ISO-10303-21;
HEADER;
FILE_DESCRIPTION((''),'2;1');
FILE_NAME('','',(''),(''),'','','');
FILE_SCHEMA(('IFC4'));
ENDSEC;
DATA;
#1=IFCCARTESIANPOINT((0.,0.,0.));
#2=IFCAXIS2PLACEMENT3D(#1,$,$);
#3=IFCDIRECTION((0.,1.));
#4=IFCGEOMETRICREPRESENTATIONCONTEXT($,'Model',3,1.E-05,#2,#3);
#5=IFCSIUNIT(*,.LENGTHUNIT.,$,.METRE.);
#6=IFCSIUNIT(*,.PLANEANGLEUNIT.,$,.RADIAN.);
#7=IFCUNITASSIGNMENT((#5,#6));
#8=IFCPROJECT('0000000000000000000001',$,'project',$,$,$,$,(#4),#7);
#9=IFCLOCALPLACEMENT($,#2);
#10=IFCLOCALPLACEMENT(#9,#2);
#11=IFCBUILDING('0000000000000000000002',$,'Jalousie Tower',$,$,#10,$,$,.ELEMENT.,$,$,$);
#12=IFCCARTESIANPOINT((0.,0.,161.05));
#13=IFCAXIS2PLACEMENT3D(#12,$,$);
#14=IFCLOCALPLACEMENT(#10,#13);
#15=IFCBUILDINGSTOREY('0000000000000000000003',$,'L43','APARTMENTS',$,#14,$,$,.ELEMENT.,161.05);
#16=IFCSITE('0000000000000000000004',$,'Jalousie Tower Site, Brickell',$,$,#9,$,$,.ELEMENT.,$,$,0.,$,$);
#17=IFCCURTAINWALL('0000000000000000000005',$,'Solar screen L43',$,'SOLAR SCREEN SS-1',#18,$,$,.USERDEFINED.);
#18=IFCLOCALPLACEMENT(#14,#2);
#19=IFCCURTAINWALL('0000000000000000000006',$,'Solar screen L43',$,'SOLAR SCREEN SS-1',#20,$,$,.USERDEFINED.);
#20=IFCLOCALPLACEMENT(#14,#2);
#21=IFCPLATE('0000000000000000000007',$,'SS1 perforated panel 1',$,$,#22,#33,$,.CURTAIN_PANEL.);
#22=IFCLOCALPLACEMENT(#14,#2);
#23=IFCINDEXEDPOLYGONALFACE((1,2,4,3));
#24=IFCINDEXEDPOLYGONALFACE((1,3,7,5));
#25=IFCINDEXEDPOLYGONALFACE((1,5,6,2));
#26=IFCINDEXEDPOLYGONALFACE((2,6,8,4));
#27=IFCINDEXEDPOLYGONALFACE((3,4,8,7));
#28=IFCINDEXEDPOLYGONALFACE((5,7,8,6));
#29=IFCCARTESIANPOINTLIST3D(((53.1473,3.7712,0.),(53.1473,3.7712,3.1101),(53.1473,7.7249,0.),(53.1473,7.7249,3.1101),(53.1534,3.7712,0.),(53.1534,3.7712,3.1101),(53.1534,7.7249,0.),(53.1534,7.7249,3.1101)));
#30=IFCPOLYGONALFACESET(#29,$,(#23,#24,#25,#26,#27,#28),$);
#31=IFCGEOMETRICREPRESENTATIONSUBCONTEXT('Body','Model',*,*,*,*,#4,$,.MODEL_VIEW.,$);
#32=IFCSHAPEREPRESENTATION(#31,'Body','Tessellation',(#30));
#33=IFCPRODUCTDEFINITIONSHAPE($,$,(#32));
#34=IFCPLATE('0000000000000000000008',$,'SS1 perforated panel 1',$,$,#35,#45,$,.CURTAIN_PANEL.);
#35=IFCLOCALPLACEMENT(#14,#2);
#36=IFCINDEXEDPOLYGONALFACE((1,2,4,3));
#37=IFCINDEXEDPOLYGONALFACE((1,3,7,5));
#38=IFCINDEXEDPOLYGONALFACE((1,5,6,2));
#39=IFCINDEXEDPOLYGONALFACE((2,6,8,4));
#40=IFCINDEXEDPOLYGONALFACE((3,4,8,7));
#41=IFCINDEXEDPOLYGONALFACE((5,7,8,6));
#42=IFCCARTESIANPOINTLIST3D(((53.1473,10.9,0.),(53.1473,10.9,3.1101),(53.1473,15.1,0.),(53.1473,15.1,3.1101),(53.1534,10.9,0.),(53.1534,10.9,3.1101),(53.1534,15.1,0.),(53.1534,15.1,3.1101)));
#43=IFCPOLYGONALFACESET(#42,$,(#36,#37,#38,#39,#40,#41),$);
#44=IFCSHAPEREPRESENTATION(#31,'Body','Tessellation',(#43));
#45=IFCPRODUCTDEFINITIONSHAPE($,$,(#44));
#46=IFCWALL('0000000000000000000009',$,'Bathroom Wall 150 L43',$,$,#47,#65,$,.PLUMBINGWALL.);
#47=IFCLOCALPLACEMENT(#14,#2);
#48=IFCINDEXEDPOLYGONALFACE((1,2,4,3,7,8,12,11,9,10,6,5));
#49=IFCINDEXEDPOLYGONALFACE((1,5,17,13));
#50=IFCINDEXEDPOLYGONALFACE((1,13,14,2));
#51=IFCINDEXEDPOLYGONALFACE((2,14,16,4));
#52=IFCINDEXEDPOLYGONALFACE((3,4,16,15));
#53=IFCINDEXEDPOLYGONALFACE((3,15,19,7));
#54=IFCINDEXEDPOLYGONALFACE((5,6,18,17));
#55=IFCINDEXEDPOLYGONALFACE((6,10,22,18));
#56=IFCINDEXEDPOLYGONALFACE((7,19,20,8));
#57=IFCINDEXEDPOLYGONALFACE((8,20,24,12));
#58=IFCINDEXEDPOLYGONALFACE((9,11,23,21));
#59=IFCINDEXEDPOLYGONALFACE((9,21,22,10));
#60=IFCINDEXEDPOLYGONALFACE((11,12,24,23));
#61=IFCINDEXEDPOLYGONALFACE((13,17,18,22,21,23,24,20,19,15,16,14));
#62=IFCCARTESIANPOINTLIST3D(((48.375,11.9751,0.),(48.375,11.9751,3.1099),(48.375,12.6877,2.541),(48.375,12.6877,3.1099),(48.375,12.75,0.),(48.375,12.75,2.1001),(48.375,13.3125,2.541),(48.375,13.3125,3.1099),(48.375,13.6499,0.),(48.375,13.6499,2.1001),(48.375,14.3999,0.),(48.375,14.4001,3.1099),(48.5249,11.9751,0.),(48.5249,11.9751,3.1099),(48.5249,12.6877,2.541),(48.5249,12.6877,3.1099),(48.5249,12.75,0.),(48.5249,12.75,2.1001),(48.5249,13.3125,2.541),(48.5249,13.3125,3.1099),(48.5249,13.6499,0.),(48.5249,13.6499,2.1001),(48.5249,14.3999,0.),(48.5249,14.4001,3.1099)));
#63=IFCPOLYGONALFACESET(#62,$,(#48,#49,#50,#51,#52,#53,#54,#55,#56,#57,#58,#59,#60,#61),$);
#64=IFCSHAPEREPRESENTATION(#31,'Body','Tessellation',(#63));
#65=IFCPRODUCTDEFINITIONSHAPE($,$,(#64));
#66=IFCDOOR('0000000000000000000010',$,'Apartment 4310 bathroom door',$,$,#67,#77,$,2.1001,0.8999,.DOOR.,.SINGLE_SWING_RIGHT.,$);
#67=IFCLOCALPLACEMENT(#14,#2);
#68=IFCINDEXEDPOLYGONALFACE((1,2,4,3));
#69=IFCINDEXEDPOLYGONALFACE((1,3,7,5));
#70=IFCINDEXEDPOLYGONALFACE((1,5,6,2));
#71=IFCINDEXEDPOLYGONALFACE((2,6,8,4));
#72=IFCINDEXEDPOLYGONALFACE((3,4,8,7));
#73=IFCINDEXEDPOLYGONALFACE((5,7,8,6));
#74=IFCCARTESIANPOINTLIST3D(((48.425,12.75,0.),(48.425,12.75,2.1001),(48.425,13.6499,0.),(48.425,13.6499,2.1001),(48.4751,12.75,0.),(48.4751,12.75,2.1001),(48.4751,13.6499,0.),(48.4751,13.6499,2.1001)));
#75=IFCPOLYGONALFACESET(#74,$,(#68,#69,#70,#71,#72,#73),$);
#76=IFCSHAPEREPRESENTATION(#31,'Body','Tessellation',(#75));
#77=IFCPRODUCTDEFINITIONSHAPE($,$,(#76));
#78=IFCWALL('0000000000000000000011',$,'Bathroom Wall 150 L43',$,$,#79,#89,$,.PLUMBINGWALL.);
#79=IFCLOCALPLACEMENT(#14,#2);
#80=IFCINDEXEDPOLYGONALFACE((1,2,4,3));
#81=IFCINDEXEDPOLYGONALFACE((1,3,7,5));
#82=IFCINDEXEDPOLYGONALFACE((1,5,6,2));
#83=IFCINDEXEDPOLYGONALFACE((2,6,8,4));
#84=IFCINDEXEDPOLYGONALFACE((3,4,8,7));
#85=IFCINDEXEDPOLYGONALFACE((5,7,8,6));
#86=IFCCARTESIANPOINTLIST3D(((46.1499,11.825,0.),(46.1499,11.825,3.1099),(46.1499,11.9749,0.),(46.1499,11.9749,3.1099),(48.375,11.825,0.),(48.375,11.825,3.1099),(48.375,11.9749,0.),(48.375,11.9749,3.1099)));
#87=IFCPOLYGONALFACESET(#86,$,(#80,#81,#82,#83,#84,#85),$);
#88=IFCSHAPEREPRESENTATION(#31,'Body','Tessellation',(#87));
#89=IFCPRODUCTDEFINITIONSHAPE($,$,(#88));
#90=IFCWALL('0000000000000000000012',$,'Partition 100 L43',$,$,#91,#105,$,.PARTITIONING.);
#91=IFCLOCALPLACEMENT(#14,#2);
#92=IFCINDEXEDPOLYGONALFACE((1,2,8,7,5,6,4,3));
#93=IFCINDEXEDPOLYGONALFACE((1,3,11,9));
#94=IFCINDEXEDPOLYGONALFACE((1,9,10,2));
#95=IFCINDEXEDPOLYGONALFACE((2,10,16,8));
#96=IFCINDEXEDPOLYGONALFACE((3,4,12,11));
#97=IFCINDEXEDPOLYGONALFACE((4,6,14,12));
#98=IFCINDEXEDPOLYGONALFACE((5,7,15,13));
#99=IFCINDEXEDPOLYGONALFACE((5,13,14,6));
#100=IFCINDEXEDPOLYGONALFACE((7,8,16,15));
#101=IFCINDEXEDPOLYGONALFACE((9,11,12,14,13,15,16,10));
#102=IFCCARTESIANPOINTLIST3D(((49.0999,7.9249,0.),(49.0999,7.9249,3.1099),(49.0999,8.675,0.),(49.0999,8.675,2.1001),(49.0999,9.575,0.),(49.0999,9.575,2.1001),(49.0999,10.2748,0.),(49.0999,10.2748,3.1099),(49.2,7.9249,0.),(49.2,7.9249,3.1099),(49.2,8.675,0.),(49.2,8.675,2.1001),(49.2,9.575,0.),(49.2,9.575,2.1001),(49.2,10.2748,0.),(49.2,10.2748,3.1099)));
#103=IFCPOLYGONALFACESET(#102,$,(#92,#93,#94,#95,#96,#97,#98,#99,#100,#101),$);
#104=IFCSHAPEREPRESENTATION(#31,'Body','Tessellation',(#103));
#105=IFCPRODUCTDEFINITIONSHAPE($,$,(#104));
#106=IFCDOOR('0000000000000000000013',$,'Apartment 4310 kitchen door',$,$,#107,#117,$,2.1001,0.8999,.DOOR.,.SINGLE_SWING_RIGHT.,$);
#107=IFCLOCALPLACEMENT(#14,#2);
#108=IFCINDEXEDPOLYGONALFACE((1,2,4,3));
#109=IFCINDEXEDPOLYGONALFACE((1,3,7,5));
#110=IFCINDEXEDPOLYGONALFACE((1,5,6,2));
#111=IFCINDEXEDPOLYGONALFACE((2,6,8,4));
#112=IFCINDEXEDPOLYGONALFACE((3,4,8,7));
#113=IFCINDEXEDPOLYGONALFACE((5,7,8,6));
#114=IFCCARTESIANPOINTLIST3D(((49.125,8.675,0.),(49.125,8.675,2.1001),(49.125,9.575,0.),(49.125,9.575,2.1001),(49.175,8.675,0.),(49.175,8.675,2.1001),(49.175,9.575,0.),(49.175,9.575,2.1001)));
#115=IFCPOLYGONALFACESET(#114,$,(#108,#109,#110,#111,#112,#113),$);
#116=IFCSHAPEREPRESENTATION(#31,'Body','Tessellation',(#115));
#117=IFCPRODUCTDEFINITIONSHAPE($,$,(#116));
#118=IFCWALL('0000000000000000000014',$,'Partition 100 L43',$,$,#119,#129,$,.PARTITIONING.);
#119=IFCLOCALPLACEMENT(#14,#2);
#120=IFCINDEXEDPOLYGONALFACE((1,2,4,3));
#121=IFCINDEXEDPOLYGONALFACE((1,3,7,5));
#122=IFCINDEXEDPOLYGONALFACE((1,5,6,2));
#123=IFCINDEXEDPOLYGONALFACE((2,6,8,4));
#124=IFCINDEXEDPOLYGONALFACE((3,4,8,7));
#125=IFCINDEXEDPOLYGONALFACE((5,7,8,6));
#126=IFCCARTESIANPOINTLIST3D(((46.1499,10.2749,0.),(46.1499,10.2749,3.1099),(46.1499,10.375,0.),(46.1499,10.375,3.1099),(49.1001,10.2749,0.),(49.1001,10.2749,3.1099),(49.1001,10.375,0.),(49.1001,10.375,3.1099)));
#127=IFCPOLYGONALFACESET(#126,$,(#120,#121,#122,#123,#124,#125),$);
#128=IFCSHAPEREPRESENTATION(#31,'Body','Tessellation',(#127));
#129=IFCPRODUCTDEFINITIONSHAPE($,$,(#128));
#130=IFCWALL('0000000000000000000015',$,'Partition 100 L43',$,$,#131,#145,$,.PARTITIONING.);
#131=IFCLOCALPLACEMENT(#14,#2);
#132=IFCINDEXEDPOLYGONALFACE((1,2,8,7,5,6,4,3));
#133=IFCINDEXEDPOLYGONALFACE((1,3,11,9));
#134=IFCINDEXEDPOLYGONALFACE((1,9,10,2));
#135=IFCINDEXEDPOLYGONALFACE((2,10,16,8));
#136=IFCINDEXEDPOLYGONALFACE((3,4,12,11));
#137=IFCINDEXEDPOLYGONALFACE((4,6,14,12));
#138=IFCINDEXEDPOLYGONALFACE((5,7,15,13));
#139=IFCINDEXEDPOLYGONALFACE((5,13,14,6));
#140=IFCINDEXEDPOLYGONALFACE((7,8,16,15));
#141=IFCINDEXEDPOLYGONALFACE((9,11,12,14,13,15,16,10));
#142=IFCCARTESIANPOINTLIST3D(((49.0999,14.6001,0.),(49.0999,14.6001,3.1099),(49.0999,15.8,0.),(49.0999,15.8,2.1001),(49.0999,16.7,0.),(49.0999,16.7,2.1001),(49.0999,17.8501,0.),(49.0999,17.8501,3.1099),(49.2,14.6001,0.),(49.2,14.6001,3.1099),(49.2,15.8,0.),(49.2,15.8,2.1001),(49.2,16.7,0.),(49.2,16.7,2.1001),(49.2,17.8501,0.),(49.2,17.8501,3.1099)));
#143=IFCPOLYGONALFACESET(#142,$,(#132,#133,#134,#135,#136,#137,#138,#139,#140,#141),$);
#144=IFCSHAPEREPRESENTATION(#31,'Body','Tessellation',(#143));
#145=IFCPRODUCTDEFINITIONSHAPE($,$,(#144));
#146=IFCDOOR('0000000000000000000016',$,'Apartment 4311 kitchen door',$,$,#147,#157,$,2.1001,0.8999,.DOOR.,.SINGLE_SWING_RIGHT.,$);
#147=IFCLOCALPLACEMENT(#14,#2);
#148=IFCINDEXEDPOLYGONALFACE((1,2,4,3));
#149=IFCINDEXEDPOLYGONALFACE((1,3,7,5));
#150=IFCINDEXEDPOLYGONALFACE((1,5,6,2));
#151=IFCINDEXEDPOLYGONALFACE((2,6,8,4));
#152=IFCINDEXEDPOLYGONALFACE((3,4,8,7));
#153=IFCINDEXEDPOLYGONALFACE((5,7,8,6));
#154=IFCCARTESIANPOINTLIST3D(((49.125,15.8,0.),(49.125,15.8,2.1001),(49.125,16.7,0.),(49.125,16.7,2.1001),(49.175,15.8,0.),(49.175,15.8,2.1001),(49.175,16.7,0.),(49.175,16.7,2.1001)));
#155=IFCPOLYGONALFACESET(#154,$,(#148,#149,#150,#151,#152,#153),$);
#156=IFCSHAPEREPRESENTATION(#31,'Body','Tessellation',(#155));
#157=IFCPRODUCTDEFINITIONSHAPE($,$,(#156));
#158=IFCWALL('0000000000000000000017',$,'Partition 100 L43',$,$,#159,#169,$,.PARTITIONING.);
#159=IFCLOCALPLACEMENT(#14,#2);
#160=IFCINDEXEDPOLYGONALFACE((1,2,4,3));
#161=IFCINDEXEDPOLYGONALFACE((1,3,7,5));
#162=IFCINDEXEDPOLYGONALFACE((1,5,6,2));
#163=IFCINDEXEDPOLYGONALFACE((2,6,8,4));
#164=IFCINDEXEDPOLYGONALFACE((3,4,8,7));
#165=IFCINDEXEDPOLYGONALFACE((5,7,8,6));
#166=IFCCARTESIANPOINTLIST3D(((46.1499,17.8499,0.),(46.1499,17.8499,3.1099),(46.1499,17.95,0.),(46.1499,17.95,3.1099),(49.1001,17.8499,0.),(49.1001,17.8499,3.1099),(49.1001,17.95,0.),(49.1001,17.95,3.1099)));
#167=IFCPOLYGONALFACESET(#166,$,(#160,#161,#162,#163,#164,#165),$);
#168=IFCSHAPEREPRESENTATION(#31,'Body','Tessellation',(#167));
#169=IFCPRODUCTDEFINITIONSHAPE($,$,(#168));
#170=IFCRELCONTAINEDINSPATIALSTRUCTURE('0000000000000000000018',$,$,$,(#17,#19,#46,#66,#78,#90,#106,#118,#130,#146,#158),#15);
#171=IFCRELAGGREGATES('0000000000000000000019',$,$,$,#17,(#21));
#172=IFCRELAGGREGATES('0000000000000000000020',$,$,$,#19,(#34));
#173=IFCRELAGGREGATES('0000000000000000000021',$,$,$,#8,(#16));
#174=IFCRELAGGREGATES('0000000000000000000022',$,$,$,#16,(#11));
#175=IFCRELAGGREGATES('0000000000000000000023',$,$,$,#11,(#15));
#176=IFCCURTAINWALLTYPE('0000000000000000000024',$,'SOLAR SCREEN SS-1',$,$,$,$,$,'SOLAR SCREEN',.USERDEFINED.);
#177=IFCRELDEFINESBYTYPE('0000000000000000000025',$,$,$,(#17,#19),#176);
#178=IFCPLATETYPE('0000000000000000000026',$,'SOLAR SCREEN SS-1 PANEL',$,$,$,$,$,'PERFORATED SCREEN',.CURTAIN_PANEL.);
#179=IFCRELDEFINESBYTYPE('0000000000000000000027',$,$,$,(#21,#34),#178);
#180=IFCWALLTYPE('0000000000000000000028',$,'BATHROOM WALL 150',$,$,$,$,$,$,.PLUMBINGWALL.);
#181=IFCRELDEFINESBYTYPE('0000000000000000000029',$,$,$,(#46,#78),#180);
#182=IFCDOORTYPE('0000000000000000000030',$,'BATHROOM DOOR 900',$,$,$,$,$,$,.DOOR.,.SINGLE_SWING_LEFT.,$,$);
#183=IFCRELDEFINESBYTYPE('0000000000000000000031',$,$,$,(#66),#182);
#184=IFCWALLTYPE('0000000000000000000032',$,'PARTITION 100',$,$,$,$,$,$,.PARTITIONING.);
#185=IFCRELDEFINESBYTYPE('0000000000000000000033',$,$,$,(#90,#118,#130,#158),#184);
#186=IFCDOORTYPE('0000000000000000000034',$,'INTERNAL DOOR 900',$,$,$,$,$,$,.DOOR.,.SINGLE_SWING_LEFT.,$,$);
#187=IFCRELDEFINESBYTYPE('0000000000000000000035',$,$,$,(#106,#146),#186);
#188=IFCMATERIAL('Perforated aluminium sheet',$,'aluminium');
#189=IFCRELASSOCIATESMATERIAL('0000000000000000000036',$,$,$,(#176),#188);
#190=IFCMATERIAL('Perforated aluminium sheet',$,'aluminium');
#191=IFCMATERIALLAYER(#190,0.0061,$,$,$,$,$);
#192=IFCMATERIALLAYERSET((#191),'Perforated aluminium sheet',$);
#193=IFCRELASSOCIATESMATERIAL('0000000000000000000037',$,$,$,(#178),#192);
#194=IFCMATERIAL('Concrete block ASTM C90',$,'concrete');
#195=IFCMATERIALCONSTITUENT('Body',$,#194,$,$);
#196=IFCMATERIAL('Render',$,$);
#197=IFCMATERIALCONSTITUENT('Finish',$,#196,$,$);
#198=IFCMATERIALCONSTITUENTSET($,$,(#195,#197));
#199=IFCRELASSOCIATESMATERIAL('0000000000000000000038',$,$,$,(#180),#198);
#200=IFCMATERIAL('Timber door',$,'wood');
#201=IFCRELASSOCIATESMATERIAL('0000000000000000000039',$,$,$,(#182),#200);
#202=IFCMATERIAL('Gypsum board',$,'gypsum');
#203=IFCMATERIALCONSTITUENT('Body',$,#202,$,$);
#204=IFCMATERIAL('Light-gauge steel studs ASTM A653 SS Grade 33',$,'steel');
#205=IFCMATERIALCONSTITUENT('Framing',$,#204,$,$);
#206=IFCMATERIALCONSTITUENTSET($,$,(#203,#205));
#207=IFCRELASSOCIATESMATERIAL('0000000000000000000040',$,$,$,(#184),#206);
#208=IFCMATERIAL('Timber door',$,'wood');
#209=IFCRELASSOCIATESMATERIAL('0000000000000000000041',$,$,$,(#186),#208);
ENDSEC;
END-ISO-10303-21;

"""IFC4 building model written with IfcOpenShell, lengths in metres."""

from ifc_helpers import new_model, si_unit, direction, frame, frame_2d, origin, origin_2d, place, context, subcontext, project, spatial, polyline, rectangle, outline, extrude, material, layer, layer_set, constituent, constituent_set, type_object, element, fill, aggregate, save


model = new_model("IFC4")

# Units and contexts
model_context = context("Model", 3, precision=1e-05, world=origin(), true_north=direction((0.0, 1.0)))
body_context = subcontext(model_context, "Body", "Model", "MODEL_VIEW")
ifc_project = project(units=[si_unit("LENGTHUNIT", "METRE"), si_unit("PLANEANGLEUNIT", "RADIAN")], contexts=[model_context])

# Site, building, storey
site_placement = place(None, origin())
site = spatial("IfcSite", under=ifc_project, at=site_placement, Name="Jalousie Tower Site, Brickell", CompositionType="ELEMENT", RefElevation=0.0)
building_placement = place(site_placement, origin())
building = spatial("IfcBuilding", under=site, at=building_placement, Name="Jalousie Tower", CompositionType="ELEMENT")
storey_placement = place(building_placement, frame((0.0, 0.0, 161.05)))
storey = spatial("IfcBuildingStorey", under=building, at=storey_placement, Name="L43", Description="APARTMENTS", CompositionType="ELEMENT", Elevation=161.05)

# Curtain wall
ifc_material_1 = material(Name="Perforated aluminium sheet", Category="aluminium")
curtain_wall_type = type_object("IfcCurtainWallType", Name="SOLAR SCREEN SS-1", ElementType="SOLAR SCREEN", PredefinedType="USERDEFINED", material=ifc_material_1)
curtain_wall_1_placement = place(storey_placement, origin())
curtain_wall_1 = element("IfcCurtainWall", 1, at=curtain_wall_1_placement, inside=storey, type_object=curtain_wall_type, Name="Solar screen L43", ObjectType="SOLAR SCREEN SS-1", PredefinedType="USERDEFINED")

# Curtain wall
curtain_wall_2_placement = place(storey_placement, origin())
curtain_wall_2 = element("IfcCurtainWall", 2, at=curtain_wall_2_placement, inside=storey, type_object=curtain_wall_type, Name="Solar screen L43", ObjectType="SOLAR SCREEN SS-1", PredefinedType="USERDEFINED")

# Plates
ifc_material_2 = material(Name="Perforated aluminium sheet", Category="aluminium")
ifc_layer_1 = layer(ifc_material_2, 0.0061)
ifc_layer_set_1 = layer_set([ifc_layer_1], Name="Perforated aluminium sheet")
plate_type = type_object("IfcPlateType", Name="SOLAR SCREEN SS-1 PANEL", ElementType="PERFORATED SCREEN", PredefinedType="CURTAIN_PANEL", material=ifc_layer_set_1)
plate_1_placement = place(storey_placement, frame((53.1504, 5.748, 0.0), z_axis=(0.0, 0.0, 1.0), x_axis=(0.0, 1.0, 0.0)))
plate_1 = element("IfcPlate", 3, at=plate_1_placement, type_object=plate_type, Name="SS1 perforated panel 1", PredefinedType="CURTAIN_PANEL", context=body_context, shape_type="SweptSolid", body=[
    extrude(rectangle(XDim=3.9536, YDim=0.0061, at=origin_2d()), origin(), (0.0, 0.0, 1.0), 3.1101),
])
aggregate(curtain_wall_1, [plate_1])
plate_2_placement = place(storey_placement, frame((53.1504, 13.0, 0.0), z_axis=(0.0, 0.0, 1.0), x_axis=(0.0, 1.0, 0.0)))
plate_2 = element("IfcPlate", 4, at=plate_2_placement, type_object=plate_type, Name="SS1 perforated panel 1", PredefinedType="CURTAIN_PANEL", context=body_context, shape_type="SweptSolid", body=[
    extrude(rectangle(XDim=4.2, YDim=0.0061, at=origin_2d()), origin(), (0.0, 0.0, 1.0), 3.1101),
])
aggregate(curtain_wall_2, [plate_2])

# Wall, opening, door
ifc_material_3 = material(Name="Concrete block ASTM C90", Category="concrete")
ifc_constituent_1 = constituent(ifc_material_3, Name="Body")
ifc_material_4 = material(Name="Render")
ifc_constituent_2 = constituent(ifc_material_4, Name="Finish")
ifc_constituent_set_1 = constituent_set(constituents=[ifc_constituent_1, ifc_constituent_2])
wall_type_1 = type_object("IfcWallType", Name="BATHROOM WALL 150", PredefinedType="PLUMBINGWALL", material=ifc_constituent_set_1)
wall_1_placement = place(storey_placement, frame((48.45, 11.9751, 0.0), z_axis=(0.0, 0.0, 1.0), x_axis=(0.0, 1.0, 0.0)))
wall_1 = element("IfcWall", 5, at=wall_1_placement, inside=storey, type_object=wall_type_1, Name="Bathroom Wall 150 L43", PredefinedType="PLUMBINGWALL", context=body_context, shape_type="SweptSolid", body=[
    extrude(outline(polyline([(0.0, 0.0), (2.4248, 0.0), (2.425, 3.1099), (1.3374, 3.1099), (1.3374, 2.541), (0.7126, 2.541), (0.7126, 3.1099), (0.0, 3.1099), (0.0, 0.0)])), frame((0.0, 0.075, 0.0), z_axis=(0.0, -1.0, 0.0), x_axis=(1.0, 0.0, 0.0)), (0.0, 0.0, 1.0), 0.1499),
])
opening_1_placement = place(wall_1_placement, frame((0.7749, 0.0, 0.0)))
opening_1 = element("IfcOpeningElement", 6, at=opening_1_placement, cuts=wall_1, PredefinedType="OPENING", context=body_context, shape_type="SweptSolid", body=[
    extrude(rectangle(XDim=0.8999, YDim=2.1001, at=frame_2d((0.45, 1.05))), frame((0.0, 0.085, 0.0), z_axis=(0.0, -1.0, 0.0), x_axis=(1.0, 0.0, 0.0)), (0.0, 0.0, 1.0), 0.1699),
])
ifc_material_5 = material(Name="Timber door", Category="wood")
door_type_1 = type_object("IfcDoorType", Name="BATHROOM DOOR 900", OperationType="SINGLE_SWING_LEFT", PredefinedType="DOOR", material=ifc_material_5)
door_1_placement = place(opening_1_placement, origin())
door_1 = element("IfcDoor", 7, at=door_1_placement, inside=storey, type_object=door_type_1, Name="Apartment 4310 bathroom door", OperationType="SINGLE_SWING_RIGHT", OverallHeight=2.1001, OverallWidth=0.8999, PredefinedType="DOOR", context=body_context, shape_type="SweptSolid", body=[
    extrude(rectangle(XDim=0.8999, YDim=2.1001, at=frame_2d((0.45, 1.05))), frame((0.0, 0.0249, 0.0), z_axis=(0.0, -1.0, 0.0), x_axis=(1.0, 0.0, 0.0)), (0.0, 0.0, 1.0), 0.05),
])
fill(opening_1, door_1)

# Wall
wall_2_placement = place(storey_placement, frame((48.375, 11.8999, 0.0), z_axis=(0.0, 0.0, 1.0), x_axis=(-1.0, 0.0, 0.0)))
element("IfcWall", 8, at=wall_2_placement, inside=storey, type_object=wall_type_1, Name="Bathroom Wall 150 L43", PredefinedType="PLUMBINGWALL", context=body_context, shape_type="SweptSolid", body=[
    extrude(rectangle(XDim=2.2251, YDim=0.1499, at=frame_2d((1.1125, 0.0))), origin(), (0.0, 0.0, 1.0), 3.1099),
])

# Wall, opening, door
ifc_material_6 = material(Name="Gypsum board", Category="gypsum")
ifc_constituent_3 = constituent(ifc_material_6, Name="Body")
ifc_material_7 = material(Name="Light-gauge steel studs ASTM A653 SS Grade 33", Category="steel")
ifc_constituent_4 = constituent(ifc_material_7, Name="Framing")
ifc_constituent_set_2 = constituent_set(constituents=[ifc_constituent_3, ifc_constituent_4])
wall_type_2 = type_object("IfcWallType", Name="PARTITION 100", PredefinedType="PARTITIONING", material=ifc_constituent_set_2)
wall_3_placement = place(storey_placement, frame((49.1499, 7.925, 0.0), z_axis=(0.0, 0.0, 1.0), x_axis=(0.0, 1.0, 0.0)))
wall_3 = element("IfcWall", 9, at=wall_3_placement, inside=storey, type_object=wall_type_2, Name="Partition 100 L43", PredefinedType="PARTITIONING", context=body_context, shape_type="SweptSolid", body=[
    extrude(rectangle(XDim=2.3499, YDim=0.1001, at=frame_2d((1.1748, 0.0))), origin(), (0.0, 0.0, 1.0), 3.1099),
])
opening_2_placement = place(wall_3_placement, frame((0.75, 0.0, 0.0)))
opening_2 = element("IfcOpeningElement", 10, at=opening_2_placement, cuts=wall_3, PredefinedType="OPENING", context=body_context, shape_type="SweptSolid", body=[
    extrude(rectangle(XDim=0.8999, YDim=2.1001, at=frame_2d((0.45, 1.05))), frame((0.0, 0.0601, 0.0), z_axis=(0.0, -1.0, 0.0), x_axis=(1.0, 0.0, 0.0)), (0.0, 0.0, 1.0), 0.1201),
])
ifc_material_8 = material(Name="Timber door", Category="wood")
door_type_2 = type_object("IfcDoorType", Name="INTERNAL DOOR 900", OperationType="SINGLE_SWING_LEFT", PredefinedType="DOOR", material=ifc_material_8)
door_2_placement = place(opening_2_placement, origin())
door_2 = element("IfcDoor", 11, at=door_2_placement, inside=storey, type_object=door_type_2, Name="Apartment 4310 kitchen door", OperationType="SINGLE_SWING_RIGHT", OverallHeight=2.1001, OverallWidth=0.8999, PredefinedType="DOOR", context=body_context, shape_type="SweptSolid", body=[
    extrude(rectangle(XDim=0.8999, YDim=2.1001, at=frame_2d((0.45, 1.05))), frame((0.0, 0.0249, 0.0), z_axis=(0.0, -1.0, 0.0), x_axis=(1.0, 0.0, 0.0)), (0.0, 0.0, 1.0), 0.05),
])
fill(opening_2, door_2)

# Wall
wall_4_placement = place(storey_placement, frame((49.1001, 10.325, 0.0), z_axis=(0.0, 0.0, 1.0), x_axis=(-1.0, 0.0, 0.0)))
element("IfcWall", 12, at=wall_4_placement, inside=storey, type_object=wall_type_2, Name="Partition 100 L43", PredefinedType="PARTITIONING", context=body_context, shape_type="SweptSolid", body=[
    extrude(rectangle(XDim=2.9502, YDim=0.1001, at=frame_2d((1.4751, 0.0))), origin(), (0.0, 0.0, 1.0), 3.1099),
])

# Wall, opening, door
wall_5_placement = place(storey_placement, frame((49.1499, 14.6001, 0.0), z_axis=(0.0, 0.0, 1.0), x_axis=(0.0, 1.0, 0.0)))
wall_5 = element("IfcWall", 13, at=wall_5_placement, inside=storey, type_object=wall_type_2, Name="Partition 100 L43", PredefinedType="PARTITIONING", context=body_context, shape_type="SweptSolid", body=[
    extrude(rectangle(XDim=3.25, YDim=0.1001, at=frame_2d((1.625, 0.0))), origin(), (0.0, 0.0, 1.0), 3.1099),
])
opening_3_placement = place(wall_5_placement, frame((1.2, 0.0, 0.0)))
opening_3 = element("IfcOpeningElement", 14, at=opening_3_placement, cuts=wall_5, PredefinedType="OPENING", context=body_context, shape_type="SweptSolid", body=[
    extrude(rectangle(XDim=0.8999, YDim=2.1001, at=frame_2d((0.45, 1.05))), frame((0.0, 0.0601, 0.0), z_axis=(0.0, -1.0, 0.0), x_axis=(1.0, 0.0, 0.0)), (0.0, 0.0, 1.0), 0.1201),
])
door_3_placement = place(opening_3_placement, origin())
door_3 = element("IfcDoor", 15, at=door_3_placement, inside=storey, type_object=door_type_2, Name="Apartment 4311 kitchen door", OperationType="SINGLE_SWING_RIGHT", OverallHeight=2.1001, OverallWidth=0.8999, PredefinedType="DOOR", context=body_context, shape_type="SweptSolid", body=[
    extrude(rectangle(XDim=0.8999, YDim=2.1001, at=frame_2d((0.45, 1.05))), frame((0.0, 0.0249, 0.0), z_axis=(0.0, -1.0, 0.0), x_axis=(1.0, 0.0, 0.0)), (0.0, 0.0, 1.0), 0.05),
])
fill(opening_3, door_3)

# Wall
wall_6_placement = place(storey_placement, frame((49.1001, 17.8999, 0.0), z_axis=(0.0, 0.0, 1.0), x_axis=(-1.0, 0.0, 0.0)))
element("IfcWall", 16, at=wall_6_placement, inside=storey, type_object=wall_type_2, Name="Partition 100 L43", PredefinedType="PARTITIONING", context=body_context, shape_type="SweptSolid", body=[
    extrude(rectangle(XDim=2.9502, YDim=0.1001, at=frame_2d((1.4751, 0.0))), origin(), (0.0, 0.0, 1.0), 3.1099),
])

save(model, "model.ifc")
